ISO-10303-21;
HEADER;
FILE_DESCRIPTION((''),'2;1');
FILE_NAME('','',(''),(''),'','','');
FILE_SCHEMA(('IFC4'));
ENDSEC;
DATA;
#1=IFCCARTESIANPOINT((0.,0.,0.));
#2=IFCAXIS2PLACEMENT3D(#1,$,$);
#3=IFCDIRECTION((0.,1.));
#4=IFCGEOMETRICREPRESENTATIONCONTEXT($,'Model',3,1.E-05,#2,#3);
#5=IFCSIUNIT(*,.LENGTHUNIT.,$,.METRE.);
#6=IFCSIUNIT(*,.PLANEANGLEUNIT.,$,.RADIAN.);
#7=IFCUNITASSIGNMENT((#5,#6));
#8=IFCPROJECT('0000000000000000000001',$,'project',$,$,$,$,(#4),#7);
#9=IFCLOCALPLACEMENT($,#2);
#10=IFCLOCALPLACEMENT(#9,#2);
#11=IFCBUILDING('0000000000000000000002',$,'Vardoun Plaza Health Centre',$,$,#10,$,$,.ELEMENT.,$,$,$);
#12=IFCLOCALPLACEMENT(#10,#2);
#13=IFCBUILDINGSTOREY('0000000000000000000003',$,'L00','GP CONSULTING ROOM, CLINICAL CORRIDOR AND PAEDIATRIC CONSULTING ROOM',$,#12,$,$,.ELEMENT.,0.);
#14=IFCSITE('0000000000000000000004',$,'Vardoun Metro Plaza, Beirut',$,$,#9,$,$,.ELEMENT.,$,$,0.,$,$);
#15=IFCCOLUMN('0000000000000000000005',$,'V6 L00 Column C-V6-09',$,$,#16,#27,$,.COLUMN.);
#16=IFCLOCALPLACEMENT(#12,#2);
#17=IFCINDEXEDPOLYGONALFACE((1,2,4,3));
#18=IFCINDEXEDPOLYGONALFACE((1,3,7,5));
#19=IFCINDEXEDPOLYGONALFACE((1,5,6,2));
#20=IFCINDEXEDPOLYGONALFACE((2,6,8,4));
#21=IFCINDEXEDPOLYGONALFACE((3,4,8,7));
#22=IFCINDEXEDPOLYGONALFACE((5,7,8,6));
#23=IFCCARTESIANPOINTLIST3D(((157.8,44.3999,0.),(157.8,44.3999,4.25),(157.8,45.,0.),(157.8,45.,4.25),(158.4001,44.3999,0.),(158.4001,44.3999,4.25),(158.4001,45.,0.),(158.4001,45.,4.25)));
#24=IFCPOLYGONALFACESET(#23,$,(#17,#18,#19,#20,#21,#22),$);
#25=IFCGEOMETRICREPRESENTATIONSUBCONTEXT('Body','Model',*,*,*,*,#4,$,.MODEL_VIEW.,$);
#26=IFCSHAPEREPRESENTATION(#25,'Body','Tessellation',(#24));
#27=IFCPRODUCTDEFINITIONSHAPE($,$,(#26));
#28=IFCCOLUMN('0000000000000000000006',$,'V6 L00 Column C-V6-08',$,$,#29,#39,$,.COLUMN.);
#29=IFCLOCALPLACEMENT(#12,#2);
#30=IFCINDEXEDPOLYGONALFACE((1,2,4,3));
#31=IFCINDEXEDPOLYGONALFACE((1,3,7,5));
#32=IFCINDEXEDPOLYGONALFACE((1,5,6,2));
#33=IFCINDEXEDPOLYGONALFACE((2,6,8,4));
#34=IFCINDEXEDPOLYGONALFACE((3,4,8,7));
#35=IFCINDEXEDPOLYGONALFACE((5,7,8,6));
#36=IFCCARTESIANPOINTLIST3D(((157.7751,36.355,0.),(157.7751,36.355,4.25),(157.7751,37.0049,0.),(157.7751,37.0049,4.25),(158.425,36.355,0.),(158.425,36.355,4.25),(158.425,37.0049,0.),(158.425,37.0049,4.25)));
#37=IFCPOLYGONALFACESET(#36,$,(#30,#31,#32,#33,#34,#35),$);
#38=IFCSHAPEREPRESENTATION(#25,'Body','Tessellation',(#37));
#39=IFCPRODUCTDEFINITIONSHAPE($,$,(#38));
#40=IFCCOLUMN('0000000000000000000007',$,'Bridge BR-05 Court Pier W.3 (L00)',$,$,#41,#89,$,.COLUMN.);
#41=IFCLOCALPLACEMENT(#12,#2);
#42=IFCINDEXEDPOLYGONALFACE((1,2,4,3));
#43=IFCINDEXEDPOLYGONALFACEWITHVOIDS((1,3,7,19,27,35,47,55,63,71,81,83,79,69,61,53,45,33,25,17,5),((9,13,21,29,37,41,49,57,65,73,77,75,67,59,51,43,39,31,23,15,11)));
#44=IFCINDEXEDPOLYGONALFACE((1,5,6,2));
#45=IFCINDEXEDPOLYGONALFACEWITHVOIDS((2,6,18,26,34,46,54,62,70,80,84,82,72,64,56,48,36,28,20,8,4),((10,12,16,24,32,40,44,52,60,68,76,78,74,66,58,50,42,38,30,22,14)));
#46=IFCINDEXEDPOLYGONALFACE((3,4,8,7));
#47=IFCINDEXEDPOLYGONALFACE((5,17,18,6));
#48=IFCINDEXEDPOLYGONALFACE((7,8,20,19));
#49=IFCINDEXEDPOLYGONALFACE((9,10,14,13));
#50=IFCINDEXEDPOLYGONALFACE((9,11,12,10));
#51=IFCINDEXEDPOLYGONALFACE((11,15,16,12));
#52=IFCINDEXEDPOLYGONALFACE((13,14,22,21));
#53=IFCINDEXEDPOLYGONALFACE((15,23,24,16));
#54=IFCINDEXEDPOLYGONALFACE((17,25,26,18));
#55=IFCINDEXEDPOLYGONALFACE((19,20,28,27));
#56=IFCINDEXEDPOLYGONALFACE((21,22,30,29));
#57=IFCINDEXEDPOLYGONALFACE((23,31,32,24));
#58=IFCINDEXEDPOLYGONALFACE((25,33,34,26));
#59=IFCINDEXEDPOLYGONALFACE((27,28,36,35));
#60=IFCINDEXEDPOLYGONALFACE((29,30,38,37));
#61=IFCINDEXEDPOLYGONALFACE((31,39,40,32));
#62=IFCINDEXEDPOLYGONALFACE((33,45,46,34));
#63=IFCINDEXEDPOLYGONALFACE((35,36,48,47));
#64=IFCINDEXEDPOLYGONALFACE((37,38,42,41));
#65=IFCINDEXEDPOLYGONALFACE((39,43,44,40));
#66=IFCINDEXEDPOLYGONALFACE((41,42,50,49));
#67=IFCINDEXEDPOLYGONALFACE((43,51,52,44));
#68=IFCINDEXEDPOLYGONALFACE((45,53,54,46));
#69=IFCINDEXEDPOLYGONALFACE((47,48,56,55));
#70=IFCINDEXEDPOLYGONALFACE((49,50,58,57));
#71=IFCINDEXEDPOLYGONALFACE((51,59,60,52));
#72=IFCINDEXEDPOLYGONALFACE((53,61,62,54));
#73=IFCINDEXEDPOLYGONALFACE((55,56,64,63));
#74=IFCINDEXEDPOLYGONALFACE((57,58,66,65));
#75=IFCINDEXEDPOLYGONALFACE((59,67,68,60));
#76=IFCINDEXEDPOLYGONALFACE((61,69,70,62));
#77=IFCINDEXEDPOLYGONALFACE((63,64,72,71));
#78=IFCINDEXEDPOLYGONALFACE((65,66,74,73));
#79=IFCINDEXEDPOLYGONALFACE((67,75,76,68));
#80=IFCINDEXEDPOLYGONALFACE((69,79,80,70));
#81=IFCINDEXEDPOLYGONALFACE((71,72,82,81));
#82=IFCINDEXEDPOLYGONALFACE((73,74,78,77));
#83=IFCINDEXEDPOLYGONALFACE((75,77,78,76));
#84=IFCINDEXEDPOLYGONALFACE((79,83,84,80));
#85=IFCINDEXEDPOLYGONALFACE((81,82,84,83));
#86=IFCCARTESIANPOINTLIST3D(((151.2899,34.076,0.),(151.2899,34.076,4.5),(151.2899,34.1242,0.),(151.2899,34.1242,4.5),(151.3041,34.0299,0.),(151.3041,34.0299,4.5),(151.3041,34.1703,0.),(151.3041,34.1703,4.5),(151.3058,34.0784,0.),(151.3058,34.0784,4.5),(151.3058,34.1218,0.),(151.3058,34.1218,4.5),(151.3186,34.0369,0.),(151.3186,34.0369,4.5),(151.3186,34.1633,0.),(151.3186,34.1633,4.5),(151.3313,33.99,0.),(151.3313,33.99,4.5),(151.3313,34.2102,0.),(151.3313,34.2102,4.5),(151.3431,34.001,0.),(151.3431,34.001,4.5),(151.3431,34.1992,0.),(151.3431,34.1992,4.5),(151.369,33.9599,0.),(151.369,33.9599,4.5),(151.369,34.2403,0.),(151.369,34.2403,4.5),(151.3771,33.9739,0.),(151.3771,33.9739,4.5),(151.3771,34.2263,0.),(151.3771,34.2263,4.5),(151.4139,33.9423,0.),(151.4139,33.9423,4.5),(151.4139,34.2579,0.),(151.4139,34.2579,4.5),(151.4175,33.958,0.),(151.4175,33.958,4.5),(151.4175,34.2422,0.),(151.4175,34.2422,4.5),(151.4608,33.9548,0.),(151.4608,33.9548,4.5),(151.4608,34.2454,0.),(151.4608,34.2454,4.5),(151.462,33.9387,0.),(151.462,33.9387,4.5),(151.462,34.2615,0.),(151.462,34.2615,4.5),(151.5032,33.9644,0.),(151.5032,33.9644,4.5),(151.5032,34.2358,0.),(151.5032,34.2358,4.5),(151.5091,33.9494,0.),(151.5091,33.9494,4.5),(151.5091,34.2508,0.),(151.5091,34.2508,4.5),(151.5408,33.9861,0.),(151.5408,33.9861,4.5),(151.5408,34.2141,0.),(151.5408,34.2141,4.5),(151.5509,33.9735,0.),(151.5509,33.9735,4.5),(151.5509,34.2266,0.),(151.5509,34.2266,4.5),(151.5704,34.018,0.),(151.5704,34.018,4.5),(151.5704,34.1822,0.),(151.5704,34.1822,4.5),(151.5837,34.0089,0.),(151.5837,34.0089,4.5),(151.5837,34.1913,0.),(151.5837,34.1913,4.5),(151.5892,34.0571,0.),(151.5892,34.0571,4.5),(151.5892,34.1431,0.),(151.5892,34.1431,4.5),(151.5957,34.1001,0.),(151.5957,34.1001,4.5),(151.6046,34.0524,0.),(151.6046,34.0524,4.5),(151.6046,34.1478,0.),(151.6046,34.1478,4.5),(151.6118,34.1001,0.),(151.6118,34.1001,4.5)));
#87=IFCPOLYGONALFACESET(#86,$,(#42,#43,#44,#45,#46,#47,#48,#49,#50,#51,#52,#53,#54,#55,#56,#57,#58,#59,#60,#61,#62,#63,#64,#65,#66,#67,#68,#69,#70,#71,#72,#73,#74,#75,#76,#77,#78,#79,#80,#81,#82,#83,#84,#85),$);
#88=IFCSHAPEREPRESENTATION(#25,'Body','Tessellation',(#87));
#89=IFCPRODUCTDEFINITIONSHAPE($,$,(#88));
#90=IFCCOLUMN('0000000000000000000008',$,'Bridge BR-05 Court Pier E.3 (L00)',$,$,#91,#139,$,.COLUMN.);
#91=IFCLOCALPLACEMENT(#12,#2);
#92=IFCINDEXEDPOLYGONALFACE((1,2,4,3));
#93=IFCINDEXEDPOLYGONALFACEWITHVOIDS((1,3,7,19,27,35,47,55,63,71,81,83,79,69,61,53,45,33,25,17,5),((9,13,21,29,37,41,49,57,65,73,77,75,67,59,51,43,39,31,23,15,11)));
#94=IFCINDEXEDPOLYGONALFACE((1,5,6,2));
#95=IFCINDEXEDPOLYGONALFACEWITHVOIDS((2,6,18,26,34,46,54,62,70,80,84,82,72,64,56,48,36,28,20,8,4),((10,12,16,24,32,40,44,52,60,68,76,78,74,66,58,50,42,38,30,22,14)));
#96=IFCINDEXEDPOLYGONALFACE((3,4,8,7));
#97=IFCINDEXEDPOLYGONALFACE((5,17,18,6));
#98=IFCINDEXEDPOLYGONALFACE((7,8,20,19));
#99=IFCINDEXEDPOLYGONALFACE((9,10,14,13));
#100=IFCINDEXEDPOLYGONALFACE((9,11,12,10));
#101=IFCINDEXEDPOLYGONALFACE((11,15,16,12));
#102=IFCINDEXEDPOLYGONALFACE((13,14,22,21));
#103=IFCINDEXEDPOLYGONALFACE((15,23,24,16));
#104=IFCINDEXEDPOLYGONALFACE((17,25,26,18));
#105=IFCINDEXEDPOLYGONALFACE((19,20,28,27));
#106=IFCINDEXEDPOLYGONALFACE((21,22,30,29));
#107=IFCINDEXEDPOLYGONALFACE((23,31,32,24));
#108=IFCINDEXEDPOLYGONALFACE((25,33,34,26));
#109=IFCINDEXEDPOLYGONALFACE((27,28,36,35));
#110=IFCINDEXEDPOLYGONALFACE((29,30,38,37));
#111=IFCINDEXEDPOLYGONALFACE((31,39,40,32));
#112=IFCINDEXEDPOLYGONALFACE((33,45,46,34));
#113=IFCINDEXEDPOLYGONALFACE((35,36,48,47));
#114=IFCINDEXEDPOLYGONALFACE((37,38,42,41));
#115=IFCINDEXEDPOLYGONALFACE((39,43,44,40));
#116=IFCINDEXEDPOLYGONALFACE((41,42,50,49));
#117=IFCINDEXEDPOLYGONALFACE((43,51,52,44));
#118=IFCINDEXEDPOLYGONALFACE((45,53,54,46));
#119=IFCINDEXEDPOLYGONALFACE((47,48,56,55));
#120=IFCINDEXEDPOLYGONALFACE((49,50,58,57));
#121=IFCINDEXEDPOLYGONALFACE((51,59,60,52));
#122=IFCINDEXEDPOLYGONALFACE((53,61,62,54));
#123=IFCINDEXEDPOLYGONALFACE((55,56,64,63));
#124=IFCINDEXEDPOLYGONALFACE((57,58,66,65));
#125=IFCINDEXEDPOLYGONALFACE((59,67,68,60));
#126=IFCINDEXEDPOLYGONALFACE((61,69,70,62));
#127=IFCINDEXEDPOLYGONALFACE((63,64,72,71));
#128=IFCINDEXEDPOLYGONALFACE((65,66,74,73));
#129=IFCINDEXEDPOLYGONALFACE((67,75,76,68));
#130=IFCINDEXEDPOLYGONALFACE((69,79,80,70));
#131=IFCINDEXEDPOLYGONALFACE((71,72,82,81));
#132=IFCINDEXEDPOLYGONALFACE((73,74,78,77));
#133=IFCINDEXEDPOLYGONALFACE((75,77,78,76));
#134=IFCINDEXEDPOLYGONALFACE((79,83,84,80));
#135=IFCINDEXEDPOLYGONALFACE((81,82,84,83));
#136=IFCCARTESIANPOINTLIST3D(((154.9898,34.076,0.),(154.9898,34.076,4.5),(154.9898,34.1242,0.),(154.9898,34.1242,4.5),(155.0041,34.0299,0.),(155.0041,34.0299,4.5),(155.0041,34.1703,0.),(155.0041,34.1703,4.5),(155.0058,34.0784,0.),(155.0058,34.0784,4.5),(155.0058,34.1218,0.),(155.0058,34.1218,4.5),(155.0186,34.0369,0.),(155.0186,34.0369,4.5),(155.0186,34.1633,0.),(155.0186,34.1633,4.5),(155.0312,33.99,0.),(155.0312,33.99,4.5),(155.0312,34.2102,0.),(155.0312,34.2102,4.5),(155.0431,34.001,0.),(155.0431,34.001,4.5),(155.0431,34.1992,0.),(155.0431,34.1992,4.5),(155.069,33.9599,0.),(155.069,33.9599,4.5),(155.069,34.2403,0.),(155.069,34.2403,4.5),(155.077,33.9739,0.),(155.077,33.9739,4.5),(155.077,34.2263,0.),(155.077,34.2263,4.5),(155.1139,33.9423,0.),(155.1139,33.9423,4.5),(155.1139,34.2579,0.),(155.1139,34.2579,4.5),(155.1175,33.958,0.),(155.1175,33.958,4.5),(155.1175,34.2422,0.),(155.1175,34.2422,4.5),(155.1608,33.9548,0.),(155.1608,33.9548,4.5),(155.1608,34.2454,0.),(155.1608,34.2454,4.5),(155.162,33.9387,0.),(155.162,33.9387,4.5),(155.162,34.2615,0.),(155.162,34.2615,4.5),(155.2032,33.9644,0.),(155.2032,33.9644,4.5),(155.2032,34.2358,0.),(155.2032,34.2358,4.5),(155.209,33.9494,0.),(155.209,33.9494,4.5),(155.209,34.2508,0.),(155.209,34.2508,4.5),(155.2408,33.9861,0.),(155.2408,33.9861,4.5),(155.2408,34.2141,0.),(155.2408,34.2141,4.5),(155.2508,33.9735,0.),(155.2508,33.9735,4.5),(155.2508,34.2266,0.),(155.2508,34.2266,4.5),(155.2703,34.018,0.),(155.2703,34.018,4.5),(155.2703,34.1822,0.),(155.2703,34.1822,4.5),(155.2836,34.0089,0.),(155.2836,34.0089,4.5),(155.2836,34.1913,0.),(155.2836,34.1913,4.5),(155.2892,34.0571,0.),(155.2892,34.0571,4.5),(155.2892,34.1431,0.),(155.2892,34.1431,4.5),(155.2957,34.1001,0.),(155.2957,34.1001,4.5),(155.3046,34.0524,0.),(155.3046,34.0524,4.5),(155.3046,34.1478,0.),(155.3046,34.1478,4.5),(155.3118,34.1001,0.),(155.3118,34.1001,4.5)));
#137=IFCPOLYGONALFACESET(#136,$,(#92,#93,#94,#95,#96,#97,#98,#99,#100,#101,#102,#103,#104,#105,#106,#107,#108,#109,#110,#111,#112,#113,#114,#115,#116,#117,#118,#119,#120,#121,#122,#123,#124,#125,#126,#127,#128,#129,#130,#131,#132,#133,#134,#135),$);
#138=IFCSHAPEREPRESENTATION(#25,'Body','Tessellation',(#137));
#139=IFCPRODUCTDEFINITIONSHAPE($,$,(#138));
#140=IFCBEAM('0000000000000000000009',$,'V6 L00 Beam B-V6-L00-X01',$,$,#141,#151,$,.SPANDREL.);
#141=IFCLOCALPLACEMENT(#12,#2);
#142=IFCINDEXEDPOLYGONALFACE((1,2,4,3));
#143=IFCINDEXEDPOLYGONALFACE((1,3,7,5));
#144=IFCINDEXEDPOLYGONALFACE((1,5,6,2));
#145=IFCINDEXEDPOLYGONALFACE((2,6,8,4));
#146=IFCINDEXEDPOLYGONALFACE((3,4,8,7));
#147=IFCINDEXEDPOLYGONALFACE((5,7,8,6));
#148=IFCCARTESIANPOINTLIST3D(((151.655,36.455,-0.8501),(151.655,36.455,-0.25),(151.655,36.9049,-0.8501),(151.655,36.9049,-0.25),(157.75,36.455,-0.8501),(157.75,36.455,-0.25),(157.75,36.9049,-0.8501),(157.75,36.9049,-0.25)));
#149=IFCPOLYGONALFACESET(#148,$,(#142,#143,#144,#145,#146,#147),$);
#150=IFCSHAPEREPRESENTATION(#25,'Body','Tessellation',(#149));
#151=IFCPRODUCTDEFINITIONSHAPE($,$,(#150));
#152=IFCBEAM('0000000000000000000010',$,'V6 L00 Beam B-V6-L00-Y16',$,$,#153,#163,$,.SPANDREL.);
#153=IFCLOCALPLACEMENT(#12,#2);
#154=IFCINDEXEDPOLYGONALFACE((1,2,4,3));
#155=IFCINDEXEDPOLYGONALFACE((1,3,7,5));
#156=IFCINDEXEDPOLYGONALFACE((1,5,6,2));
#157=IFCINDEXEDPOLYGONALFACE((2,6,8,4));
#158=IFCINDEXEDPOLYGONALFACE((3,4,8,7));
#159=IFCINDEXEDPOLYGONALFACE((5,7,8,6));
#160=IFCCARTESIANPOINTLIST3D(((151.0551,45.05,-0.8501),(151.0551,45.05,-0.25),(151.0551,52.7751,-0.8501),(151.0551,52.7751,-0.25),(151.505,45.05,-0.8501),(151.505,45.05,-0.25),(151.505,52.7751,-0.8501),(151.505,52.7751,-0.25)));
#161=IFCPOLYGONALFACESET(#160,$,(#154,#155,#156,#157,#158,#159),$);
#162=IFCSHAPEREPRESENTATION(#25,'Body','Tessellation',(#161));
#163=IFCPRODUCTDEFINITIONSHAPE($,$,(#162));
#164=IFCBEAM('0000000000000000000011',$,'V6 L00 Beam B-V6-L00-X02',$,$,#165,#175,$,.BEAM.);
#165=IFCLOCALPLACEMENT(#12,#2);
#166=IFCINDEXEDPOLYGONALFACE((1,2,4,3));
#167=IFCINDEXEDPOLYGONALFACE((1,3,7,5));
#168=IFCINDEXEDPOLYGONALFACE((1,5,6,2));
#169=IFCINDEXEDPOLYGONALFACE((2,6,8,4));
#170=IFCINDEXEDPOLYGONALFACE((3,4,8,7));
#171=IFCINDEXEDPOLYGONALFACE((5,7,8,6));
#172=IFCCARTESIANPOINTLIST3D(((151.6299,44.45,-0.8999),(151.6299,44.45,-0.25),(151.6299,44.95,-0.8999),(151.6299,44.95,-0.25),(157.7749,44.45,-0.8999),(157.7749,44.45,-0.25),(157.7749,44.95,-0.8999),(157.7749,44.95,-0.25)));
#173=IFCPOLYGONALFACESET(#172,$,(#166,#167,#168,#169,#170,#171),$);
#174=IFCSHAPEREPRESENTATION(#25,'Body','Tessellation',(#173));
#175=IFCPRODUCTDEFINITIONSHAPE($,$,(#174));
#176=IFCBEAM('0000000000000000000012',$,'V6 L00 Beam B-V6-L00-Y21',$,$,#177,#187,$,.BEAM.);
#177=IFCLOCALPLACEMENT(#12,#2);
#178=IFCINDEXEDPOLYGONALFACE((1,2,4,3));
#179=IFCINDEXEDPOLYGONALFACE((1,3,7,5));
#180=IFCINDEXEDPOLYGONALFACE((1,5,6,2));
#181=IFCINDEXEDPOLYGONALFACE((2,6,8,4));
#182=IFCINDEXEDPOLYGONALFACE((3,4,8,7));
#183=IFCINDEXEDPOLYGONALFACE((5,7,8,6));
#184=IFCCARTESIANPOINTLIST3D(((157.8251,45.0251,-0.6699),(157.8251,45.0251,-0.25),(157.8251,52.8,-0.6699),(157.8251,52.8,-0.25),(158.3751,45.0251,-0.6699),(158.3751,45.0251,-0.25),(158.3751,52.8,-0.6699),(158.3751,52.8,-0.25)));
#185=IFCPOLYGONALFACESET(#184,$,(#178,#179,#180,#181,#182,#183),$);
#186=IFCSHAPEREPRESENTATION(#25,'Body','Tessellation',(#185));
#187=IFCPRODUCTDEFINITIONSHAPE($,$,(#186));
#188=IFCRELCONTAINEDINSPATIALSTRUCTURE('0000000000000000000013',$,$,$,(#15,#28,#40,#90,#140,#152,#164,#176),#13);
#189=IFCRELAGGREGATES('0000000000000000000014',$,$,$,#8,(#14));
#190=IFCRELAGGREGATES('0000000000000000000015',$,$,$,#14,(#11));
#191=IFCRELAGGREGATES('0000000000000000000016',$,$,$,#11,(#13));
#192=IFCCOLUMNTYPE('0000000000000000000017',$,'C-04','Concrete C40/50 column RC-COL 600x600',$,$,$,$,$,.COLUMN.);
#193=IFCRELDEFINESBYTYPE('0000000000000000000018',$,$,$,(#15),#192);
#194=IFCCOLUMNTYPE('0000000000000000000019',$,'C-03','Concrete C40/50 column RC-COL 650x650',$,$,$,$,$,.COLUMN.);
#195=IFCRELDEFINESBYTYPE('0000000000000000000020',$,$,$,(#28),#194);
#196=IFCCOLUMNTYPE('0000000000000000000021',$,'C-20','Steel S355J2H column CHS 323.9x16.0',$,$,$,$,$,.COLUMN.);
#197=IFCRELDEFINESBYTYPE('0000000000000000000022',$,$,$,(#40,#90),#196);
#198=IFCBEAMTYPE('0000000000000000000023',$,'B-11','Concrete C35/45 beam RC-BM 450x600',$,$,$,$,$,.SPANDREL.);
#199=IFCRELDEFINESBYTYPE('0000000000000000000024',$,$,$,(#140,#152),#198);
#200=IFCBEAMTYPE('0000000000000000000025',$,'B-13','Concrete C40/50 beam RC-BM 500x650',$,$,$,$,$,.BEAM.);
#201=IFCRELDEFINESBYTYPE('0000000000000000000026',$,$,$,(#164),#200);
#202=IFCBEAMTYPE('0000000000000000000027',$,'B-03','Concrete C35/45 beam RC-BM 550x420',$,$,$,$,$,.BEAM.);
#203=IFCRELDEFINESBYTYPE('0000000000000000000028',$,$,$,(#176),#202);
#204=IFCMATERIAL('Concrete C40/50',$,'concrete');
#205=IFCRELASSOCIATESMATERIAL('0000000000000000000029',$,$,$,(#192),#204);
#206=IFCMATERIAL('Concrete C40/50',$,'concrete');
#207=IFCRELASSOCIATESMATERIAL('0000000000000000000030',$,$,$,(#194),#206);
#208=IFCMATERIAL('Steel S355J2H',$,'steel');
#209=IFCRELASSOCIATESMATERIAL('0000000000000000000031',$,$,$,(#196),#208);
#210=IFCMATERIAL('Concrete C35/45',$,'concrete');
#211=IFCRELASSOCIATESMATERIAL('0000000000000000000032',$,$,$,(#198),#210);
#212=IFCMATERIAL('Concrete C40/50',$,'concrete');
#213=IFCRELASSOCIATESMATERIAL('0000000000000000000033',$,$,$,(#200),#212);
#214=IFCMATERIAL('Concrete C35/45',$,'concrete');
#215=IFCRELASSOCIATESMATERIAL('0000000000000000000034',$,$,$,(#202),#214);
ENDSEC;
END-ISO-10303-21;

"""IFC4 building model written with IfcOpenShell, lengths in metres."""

from ifc_helpers import new_model, si_unit, direction, frame, origin, origin_2d, place, context, subcontext, project, spatial, rectangle, hollow_circle, extrude, material, material_profile, profile_set, type_object, element, save


model = new_model("IFC4")

# Units and contexts
model_context = context("Model", 3, precision=1e-05, world=origin(), true_north=direction((0.0, 1.0)))
body_context = subcontext(model_context, "Body", "Model", "MODEL_VIEW")
ifc_project = project(units=[si_unit("LENGTHUNIT", "METRE"), si_unit("PLANEANGLEUNIT", "RADIAN")], contexts=[model_context])

# Site, building, storey
site_placement = place(None, origin())
site = spatial("IfcSite", under=ifc_project, at=site_placement, Name="Vardoun Metro Plaza, Beirut", CompositionType="ELEMENT", RefElevation=0.0)
building_placement = place(site_placement, origin())
building = spatial("IfcBuilding", under=site, at=building_placement, Name="Vardoun Plaza Health Centre", CompositionType="ELEMENT")
storey_placement = place(building_placement, origin())
storey = spatial("IfcBuildingStorey", under=building, at=storey_placement, Name="L00", Description="GP CONSULTING ROOM, CLINICAL CORRIDOR AND PAEDIATRIC CONSULTING ROOM", CompositionType="ELEMENT", Elevation=0.0)

# Columns
ifc_material_1 = material(Name="Concrete C40/50", Category="concrete")
ifc_material_profile_1 = material_profile(ifc_material_1, rectangle(XDim=0.6001, YDim=0.6001, at=origin_2d()), Name="RC-COL 600x600")
ifc_profile_set_1 = profile_set([ifc_material_profile_1], Name="Concrete C40/50")
column_type_1 = type_object("IfcColumnType", Name="C-04", Description="Concrete C40/50 column RC-COL 600x600", PredefinedType="COLUMN", material=ifc_profile_set_1)
column_1_placement = place(storey_placement, frame((158.1001, 44.7, 0.0), z_axis=(0.0, 0.0, 1.0), x_axis=(1.0, 0.0, 0.0)))
element("IfcColumn", 1, at=column_1_placement, inside=storey, type_object=column_type_1, Name="V6 L00 Column C-V6-09", PredefinedType="COLUMN", context=body_context, shape_type="SweptSolid", body=[
    extrude(rectangle(XDim=0.6001, YDim=0.6001, at=origin_2d()), origin(), (0.0, 0.0, 1.0), 4.25),
])
ifc_material_2 = material(Name="Concrete C40/50", Category="concrete")
ifc_material_profile_2 = material_profile(ifc_material_2, rectangle(XDim=0.6499, YDim=0.6499, at=origin_2d()), Name="RC-COL 650x650")
ifc_profile_set_2 = profile_set([ifc_material_profile_2], Name="Concrete C40/50")
column_type_2 = type_object("IfcColumnType", Name="C-03", Description="Concrete C40/50 column RC-COL 650x650", PredefinedType="COLUMN", material=ifc_profile_set_2)
column_2_placement = place(storey_placement, frame((158.1001, 36.6799, 0.0), z_axis=(0.0, 0.0, 1.0), x_axis=(1.0, 0.0, 0.0)))
element("IfcColumn", 2, at=column_2_placement, inside=storey, type_object=column_type_2, Name="V6 L00 Column C-V6-08", PredefinedType="COLUMN", context=body_context, shape_type="SweptSolid", body=[
    extrude(rectangle(XDim=0.6499, YDim=0.6499, at=origin_2d()), origin(), (0.0, 0.0, 1.0), 4.25),
])
ifc_material_3 = material(Name="Steel S355J2H", Category="steel")
ifc_material_profile_3 = material_profile(ifc_material_3, hollow_circle(Radius=0.1619, WallThickness=0.0161, at=origin_2d()), Name="CHS 323.9x16.0")
ifc_profile_set_3 = profile_set([ifc_material_profile_3], Name="Steel S355J2H")
column_type_3 = type_object("IfcColumnType", Name="C-20", Description="Steel S355J2H column CHS 323.9x16.0", PredefinedType="COLUMN", material=ifc_profile_set_3)
for number, where, z_axis, x_axis, name in (
    (3, (151.45, 34.1001, 0.0), (0.0, 0.0, 1.0), (1.0, 0.0, 0.0), "Bridge BR-05 Court Pier W.3 (L00)"),
    (4, (155.1499, 34.1001, 0.0), (0.0, 0.0, 1.0), (1.0, 0.0, 0.0), "Bridge BR-05 Court Pier E.3 (L00)"),
):
    element("IfcColumn", number, at=place(storey_placement, frame(where, z_axis=z_axis, x_axis=x_axis)), inside=storey, type_object=column_type_3, Name=name, PredefinedType="COLUMN", context=body_context, shape_type="SweptSolid", body=[
        extrude(hollow_circle(Radius=0.1619, WallThickness=0.0161, at=origin_2d()), origin(), (0.0, 0.0, 1.0), 4.5),
    ])

# Beams
ifc_material_4 = material(Name="Concrete C35/45", Category="concrete")
ifc_material_profile_4 = material_profile(ifc_material_4, rectangle(XDim=0.45, YDim=0.6001, at=origin_2d()), Name="RC-BM 450x600")
ifc_profile_set_4 = profile_set([ifc_material_profile_4], Name="Concrete C35/45")
beam_type_1 = type_object("IfcBeamType", Name="B-11", Description="Concrete C35/45 beam RC-BM 450x600", PredefinedType="SPANDREL", material=ifc_profile_set_4)
beam_1_placement = place(storey_placement, frame((151.655, 36.6799, -0.55), z_axis=(1.0, 0.0, 0.0), x_axis=(0.0, 1.0, 0.0)))
element("IfcBeam", 5, at=beam_1_placement, inside=storey, type_object=beam_type_1, Name="V6 L00 Beam B-V6-L00-X01", PredefinedType="SPANDREL", context=body_context, shape_type="SweptSolid", body=[
    extrude(rectangle(XDim=0.45, YDim=0.6001, at=origin_2d()), origin(), (0.0, 0.0, 1.0), 6.095),
])
beam_2_placement = place(storey_placement, frame((151.28, 45.05, -0.55), z_axis=(0.0, 1.0, 0.0), x_axis=(-1.0, 0.0, 0.0)))
element("IfcBeam", 6, at=beam_2_placement, inside=storey, type_object=beam_type_1, Name="V6 L00 Beam B-V6-L00-Y16", PredefinedType="SPANDREL", context=body_context, shape_type="SweptSolid", body=[
    extrude(rectangle(XDim=0.45, YDim=0.6001, at=origin_2d()), origin(), (0.0, 0.0, 1.0), 7.7251),
])
ifc_material_5 = material(Name="Concrete C40/50", Category="concrete")
ifc_material_profile_5 = material_profile(ifc_material_5, rectangle(XDim=0.5, YDim=0.6499, at=origin_2d()), Name="RC-BM 500x650")
ifc_profile_set_5 = profile_set([ifc_material_profile_5], Name="Concrete C40/50")
beam_type_2 = type_object("IfcBeamType", Name="B-13", Description="Concrete C40/50 beam RC-BM 500x650", PredefinedType="BEAM", material=ifc_profile_set_5)
beam_3_placement = place(storey_placement, frame((151.6299, 44.7, -0.575), z_axis=(1.0, 0.0, 0.0), x_axis=(0.0, 1.0, 0.0)))
element("IfcBeam", 7, at=beam_3_placement, inside=storey, type_object=beam_type_2, Name="V6 L00 Beam B-V6-L00-X02", PredefinedType="BEAM", context=body_context, shape_type="SweptSolid", body=[
    extrude(rectangle(XDim=0.5, YDim=0.6499, at=origin_2d()), origin(), (0.0, 0.0, 1.0), 6.145),
])
ifc_material_6 = material(Name="Concrete C35/45", Category="concrete")
ifc_material_profile_6 = material_profile(ifc_material_6, rectangle(XDim=0.55, YDim=0.4199, at=origin_2d()), Name="RC-BM 550x420")
ifc_profile_set_6 = profile_set([ifc_material_profile_6], Name="Concrete C35/45")
beam_type_3 = type_object("IfcBeamType", Name="B-03", Description="Concrete C35/45 beam RC-BM 550x420", PredefinedType="BEAM", material=ifc_profile_set_6)
beam_4_placement = place(storey_placement, frame((158.1001, 45.0251, -0.46), z_axis=(0.0, 1.0, 0.0), x_axis=(-1.0, 0.0, 0.0)))
element("IfcBeam", 8, at=beam_4_placement, inside=storey, type_object=beam_type_3, Name="V6 L00 Beam B-V6-L00-Y21", PredefinedType="BEAM", context=body_context, shape_type="SweptSolid", body=[
    extrude(rectangle(XDim=0.55, YDim=0.4199, at=origin_2d()), origin(), (0.0, 0.0, 1.0), 7.7749),
])

save(model, "model.ifc")
